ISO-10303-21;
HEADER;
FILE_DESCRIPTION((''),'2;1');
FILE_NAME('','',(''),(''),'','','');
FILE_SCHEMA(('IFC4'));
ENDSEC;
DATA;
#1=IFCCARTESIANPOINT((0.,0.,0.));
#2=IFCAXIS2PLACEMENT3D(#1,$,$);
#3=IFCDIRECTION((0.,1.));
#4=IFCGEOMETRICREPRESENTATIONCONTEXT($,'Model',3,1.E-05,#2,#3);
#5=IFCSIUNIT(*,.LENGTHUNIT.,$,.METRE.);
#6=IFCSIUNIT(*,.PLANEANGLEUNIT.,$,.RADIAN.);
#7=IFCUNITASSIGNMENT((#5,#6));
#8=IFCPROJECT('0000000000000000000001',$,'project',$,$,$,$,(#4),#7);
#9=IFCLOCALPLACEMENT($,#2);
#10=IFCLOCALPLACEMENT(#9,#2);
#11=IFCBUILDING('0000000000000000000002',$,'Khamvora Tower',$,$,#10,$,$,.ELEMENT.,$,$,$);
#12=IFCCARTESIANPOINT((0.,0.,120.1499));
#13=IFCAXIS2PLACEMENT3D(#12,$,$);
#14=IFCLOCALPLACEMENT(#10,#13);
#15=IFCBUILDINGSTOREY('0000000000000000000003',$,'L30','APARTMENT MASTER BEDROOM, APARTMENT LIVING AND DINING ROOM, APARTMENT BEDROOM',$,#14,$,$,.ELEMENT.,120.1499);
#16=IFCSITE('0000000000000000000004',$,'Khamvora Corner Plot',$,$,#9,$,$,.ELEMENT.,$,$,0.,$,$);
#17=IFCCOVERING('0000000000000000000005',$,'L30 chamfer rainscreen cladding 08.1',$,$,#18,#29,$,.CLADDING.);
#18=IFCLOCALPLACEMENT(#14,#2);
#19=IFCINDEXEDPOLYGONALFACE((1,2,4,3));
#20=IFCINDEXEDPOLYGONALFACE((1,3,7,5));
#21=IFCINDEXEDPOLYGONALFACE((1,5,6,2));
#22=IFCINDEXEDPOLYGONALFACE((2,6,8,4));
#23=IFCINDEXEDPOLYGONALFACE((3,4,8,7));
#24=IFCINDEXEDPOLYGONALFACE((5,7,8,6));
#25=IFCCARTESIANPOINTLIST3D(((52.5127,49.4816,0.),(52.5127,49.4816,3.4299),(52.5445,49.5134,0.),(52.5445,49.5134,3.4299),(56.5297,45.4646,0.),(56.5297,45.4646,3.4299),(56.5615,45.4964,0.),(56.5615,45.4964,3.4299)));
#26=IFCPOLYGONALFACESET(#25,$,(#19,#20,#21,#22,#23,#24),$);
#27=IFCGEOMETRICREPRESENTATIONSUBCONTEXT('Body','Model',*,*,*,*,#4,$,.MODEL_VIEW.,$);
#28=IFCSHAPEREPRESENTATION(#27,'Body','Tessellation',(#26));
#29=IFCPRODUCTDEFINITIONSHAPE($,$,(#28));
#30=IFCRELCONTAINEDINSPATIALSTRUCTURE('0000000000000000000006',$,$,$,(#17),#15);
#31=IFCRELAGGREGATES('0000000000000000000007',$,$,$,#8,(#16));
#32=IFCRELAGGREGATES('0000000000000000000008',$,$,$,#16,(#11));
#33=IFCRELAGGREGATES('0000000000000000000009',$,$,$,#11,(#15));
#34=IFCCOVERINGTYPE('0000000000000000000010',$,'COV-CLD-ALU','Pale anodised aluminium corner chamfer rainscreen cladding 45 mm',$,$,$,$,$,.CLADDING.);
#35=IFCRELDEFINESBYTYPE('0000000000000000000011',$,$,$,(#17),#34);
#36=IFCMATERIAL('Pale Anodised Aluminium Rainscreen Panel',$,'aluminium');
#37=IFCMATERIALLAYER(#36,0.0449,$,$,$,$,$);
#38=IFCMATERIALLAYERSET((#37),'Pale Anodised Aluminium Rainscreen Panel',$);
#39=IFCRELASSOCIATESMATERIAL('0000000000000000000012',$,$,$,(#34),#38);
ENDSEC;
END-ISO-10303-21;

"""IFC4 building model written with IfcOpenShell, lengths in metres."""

from ifc_helpers import new_model, si_unit, direction, frame, origin, origin_2d, place, context, subcontext, project, spatial, rectangle, extrude, material, layer, layer_set, type_object, element, save


model = new_model("IFC4")

# Units and contexts
model_context = context("Model", 3, precision=1e-05, world=origin(), true_north=direction((0.0, 1.0)))
body_context = subcontext(model_context, "Body", "Model", "MODEL_VIEW")
ifc_project = project(units=[si_unit("LENGTHUNIT", "METRE"), si_unit("PLANEANGLEUNIT", "RADIAN")], contexts=[model_context])

# Site, building, storey
site_placement = place(None, origin())
site = spatial("IfcSite", under=ifc_project, at=site_placement, Name="Khamvora Corner Plot", CompositionType="ELEMENT", RefElevation=0.0)
building_placement = place(site_placement, origin())
building = spatial("IfcBuilding", under=site, at=building_placement, Name="Khamvora Tower", CompositionType="ELEMENT")
storey_placement = place(building_placement, frame((0.0, 0.0, 120.1499)))
storey = spatial("IfcBuildingStorey", under=building, at=storey_placement, Name="L30", Description="APARTMENT MASTER BEDROOM, APARTMENT LIVING AND DINING ROOM, APARTMENT BEDROOM", CompositionType="ELEMENT", Elevation=120.1499)

# Covering
ifc_material_1 = material(Name="Pale Anodised Aluminium Rainscreen Panel", Category="aluminium")
ifc_layer_1 = layer(ifc_material_1, 0.0449)
ifc_layer_set_1 = layer_set([ifc_layer_1], Name="Pale Anodised Aluminium Rainscreen Panel")
covering_type = type_object("IfcCoveringType", Name="COV-CLD-ALU", Description="Pale anodised aluminium corner chamfer rainscreen cladding 45 mm", PredefinedType="CLADDING", material=ifc_layer_set_1)
covering_placement = place(storey_placement, frame((54.5371, 47.489, 0.0), z_axis=(0.0, 0.0, 1.0), x_axis=(0.707107, -0.707107, 0.0)))
element("IfcCovering", 1, at=covering_placement, inside=storey, type_object=covering_type, Name="L30 chamfer rainscreen cladding 08.1", PredefinedType="CLADDING", context=body_context, shape_type="SweptSolid", body=[
    extrude(rectangle(XDim=5.6809, YDim=0.0449, at=origin_2d()), origin(), (0.0, 0.0, 1.0), 3.4299),
])

save(model, "model.ifc")
